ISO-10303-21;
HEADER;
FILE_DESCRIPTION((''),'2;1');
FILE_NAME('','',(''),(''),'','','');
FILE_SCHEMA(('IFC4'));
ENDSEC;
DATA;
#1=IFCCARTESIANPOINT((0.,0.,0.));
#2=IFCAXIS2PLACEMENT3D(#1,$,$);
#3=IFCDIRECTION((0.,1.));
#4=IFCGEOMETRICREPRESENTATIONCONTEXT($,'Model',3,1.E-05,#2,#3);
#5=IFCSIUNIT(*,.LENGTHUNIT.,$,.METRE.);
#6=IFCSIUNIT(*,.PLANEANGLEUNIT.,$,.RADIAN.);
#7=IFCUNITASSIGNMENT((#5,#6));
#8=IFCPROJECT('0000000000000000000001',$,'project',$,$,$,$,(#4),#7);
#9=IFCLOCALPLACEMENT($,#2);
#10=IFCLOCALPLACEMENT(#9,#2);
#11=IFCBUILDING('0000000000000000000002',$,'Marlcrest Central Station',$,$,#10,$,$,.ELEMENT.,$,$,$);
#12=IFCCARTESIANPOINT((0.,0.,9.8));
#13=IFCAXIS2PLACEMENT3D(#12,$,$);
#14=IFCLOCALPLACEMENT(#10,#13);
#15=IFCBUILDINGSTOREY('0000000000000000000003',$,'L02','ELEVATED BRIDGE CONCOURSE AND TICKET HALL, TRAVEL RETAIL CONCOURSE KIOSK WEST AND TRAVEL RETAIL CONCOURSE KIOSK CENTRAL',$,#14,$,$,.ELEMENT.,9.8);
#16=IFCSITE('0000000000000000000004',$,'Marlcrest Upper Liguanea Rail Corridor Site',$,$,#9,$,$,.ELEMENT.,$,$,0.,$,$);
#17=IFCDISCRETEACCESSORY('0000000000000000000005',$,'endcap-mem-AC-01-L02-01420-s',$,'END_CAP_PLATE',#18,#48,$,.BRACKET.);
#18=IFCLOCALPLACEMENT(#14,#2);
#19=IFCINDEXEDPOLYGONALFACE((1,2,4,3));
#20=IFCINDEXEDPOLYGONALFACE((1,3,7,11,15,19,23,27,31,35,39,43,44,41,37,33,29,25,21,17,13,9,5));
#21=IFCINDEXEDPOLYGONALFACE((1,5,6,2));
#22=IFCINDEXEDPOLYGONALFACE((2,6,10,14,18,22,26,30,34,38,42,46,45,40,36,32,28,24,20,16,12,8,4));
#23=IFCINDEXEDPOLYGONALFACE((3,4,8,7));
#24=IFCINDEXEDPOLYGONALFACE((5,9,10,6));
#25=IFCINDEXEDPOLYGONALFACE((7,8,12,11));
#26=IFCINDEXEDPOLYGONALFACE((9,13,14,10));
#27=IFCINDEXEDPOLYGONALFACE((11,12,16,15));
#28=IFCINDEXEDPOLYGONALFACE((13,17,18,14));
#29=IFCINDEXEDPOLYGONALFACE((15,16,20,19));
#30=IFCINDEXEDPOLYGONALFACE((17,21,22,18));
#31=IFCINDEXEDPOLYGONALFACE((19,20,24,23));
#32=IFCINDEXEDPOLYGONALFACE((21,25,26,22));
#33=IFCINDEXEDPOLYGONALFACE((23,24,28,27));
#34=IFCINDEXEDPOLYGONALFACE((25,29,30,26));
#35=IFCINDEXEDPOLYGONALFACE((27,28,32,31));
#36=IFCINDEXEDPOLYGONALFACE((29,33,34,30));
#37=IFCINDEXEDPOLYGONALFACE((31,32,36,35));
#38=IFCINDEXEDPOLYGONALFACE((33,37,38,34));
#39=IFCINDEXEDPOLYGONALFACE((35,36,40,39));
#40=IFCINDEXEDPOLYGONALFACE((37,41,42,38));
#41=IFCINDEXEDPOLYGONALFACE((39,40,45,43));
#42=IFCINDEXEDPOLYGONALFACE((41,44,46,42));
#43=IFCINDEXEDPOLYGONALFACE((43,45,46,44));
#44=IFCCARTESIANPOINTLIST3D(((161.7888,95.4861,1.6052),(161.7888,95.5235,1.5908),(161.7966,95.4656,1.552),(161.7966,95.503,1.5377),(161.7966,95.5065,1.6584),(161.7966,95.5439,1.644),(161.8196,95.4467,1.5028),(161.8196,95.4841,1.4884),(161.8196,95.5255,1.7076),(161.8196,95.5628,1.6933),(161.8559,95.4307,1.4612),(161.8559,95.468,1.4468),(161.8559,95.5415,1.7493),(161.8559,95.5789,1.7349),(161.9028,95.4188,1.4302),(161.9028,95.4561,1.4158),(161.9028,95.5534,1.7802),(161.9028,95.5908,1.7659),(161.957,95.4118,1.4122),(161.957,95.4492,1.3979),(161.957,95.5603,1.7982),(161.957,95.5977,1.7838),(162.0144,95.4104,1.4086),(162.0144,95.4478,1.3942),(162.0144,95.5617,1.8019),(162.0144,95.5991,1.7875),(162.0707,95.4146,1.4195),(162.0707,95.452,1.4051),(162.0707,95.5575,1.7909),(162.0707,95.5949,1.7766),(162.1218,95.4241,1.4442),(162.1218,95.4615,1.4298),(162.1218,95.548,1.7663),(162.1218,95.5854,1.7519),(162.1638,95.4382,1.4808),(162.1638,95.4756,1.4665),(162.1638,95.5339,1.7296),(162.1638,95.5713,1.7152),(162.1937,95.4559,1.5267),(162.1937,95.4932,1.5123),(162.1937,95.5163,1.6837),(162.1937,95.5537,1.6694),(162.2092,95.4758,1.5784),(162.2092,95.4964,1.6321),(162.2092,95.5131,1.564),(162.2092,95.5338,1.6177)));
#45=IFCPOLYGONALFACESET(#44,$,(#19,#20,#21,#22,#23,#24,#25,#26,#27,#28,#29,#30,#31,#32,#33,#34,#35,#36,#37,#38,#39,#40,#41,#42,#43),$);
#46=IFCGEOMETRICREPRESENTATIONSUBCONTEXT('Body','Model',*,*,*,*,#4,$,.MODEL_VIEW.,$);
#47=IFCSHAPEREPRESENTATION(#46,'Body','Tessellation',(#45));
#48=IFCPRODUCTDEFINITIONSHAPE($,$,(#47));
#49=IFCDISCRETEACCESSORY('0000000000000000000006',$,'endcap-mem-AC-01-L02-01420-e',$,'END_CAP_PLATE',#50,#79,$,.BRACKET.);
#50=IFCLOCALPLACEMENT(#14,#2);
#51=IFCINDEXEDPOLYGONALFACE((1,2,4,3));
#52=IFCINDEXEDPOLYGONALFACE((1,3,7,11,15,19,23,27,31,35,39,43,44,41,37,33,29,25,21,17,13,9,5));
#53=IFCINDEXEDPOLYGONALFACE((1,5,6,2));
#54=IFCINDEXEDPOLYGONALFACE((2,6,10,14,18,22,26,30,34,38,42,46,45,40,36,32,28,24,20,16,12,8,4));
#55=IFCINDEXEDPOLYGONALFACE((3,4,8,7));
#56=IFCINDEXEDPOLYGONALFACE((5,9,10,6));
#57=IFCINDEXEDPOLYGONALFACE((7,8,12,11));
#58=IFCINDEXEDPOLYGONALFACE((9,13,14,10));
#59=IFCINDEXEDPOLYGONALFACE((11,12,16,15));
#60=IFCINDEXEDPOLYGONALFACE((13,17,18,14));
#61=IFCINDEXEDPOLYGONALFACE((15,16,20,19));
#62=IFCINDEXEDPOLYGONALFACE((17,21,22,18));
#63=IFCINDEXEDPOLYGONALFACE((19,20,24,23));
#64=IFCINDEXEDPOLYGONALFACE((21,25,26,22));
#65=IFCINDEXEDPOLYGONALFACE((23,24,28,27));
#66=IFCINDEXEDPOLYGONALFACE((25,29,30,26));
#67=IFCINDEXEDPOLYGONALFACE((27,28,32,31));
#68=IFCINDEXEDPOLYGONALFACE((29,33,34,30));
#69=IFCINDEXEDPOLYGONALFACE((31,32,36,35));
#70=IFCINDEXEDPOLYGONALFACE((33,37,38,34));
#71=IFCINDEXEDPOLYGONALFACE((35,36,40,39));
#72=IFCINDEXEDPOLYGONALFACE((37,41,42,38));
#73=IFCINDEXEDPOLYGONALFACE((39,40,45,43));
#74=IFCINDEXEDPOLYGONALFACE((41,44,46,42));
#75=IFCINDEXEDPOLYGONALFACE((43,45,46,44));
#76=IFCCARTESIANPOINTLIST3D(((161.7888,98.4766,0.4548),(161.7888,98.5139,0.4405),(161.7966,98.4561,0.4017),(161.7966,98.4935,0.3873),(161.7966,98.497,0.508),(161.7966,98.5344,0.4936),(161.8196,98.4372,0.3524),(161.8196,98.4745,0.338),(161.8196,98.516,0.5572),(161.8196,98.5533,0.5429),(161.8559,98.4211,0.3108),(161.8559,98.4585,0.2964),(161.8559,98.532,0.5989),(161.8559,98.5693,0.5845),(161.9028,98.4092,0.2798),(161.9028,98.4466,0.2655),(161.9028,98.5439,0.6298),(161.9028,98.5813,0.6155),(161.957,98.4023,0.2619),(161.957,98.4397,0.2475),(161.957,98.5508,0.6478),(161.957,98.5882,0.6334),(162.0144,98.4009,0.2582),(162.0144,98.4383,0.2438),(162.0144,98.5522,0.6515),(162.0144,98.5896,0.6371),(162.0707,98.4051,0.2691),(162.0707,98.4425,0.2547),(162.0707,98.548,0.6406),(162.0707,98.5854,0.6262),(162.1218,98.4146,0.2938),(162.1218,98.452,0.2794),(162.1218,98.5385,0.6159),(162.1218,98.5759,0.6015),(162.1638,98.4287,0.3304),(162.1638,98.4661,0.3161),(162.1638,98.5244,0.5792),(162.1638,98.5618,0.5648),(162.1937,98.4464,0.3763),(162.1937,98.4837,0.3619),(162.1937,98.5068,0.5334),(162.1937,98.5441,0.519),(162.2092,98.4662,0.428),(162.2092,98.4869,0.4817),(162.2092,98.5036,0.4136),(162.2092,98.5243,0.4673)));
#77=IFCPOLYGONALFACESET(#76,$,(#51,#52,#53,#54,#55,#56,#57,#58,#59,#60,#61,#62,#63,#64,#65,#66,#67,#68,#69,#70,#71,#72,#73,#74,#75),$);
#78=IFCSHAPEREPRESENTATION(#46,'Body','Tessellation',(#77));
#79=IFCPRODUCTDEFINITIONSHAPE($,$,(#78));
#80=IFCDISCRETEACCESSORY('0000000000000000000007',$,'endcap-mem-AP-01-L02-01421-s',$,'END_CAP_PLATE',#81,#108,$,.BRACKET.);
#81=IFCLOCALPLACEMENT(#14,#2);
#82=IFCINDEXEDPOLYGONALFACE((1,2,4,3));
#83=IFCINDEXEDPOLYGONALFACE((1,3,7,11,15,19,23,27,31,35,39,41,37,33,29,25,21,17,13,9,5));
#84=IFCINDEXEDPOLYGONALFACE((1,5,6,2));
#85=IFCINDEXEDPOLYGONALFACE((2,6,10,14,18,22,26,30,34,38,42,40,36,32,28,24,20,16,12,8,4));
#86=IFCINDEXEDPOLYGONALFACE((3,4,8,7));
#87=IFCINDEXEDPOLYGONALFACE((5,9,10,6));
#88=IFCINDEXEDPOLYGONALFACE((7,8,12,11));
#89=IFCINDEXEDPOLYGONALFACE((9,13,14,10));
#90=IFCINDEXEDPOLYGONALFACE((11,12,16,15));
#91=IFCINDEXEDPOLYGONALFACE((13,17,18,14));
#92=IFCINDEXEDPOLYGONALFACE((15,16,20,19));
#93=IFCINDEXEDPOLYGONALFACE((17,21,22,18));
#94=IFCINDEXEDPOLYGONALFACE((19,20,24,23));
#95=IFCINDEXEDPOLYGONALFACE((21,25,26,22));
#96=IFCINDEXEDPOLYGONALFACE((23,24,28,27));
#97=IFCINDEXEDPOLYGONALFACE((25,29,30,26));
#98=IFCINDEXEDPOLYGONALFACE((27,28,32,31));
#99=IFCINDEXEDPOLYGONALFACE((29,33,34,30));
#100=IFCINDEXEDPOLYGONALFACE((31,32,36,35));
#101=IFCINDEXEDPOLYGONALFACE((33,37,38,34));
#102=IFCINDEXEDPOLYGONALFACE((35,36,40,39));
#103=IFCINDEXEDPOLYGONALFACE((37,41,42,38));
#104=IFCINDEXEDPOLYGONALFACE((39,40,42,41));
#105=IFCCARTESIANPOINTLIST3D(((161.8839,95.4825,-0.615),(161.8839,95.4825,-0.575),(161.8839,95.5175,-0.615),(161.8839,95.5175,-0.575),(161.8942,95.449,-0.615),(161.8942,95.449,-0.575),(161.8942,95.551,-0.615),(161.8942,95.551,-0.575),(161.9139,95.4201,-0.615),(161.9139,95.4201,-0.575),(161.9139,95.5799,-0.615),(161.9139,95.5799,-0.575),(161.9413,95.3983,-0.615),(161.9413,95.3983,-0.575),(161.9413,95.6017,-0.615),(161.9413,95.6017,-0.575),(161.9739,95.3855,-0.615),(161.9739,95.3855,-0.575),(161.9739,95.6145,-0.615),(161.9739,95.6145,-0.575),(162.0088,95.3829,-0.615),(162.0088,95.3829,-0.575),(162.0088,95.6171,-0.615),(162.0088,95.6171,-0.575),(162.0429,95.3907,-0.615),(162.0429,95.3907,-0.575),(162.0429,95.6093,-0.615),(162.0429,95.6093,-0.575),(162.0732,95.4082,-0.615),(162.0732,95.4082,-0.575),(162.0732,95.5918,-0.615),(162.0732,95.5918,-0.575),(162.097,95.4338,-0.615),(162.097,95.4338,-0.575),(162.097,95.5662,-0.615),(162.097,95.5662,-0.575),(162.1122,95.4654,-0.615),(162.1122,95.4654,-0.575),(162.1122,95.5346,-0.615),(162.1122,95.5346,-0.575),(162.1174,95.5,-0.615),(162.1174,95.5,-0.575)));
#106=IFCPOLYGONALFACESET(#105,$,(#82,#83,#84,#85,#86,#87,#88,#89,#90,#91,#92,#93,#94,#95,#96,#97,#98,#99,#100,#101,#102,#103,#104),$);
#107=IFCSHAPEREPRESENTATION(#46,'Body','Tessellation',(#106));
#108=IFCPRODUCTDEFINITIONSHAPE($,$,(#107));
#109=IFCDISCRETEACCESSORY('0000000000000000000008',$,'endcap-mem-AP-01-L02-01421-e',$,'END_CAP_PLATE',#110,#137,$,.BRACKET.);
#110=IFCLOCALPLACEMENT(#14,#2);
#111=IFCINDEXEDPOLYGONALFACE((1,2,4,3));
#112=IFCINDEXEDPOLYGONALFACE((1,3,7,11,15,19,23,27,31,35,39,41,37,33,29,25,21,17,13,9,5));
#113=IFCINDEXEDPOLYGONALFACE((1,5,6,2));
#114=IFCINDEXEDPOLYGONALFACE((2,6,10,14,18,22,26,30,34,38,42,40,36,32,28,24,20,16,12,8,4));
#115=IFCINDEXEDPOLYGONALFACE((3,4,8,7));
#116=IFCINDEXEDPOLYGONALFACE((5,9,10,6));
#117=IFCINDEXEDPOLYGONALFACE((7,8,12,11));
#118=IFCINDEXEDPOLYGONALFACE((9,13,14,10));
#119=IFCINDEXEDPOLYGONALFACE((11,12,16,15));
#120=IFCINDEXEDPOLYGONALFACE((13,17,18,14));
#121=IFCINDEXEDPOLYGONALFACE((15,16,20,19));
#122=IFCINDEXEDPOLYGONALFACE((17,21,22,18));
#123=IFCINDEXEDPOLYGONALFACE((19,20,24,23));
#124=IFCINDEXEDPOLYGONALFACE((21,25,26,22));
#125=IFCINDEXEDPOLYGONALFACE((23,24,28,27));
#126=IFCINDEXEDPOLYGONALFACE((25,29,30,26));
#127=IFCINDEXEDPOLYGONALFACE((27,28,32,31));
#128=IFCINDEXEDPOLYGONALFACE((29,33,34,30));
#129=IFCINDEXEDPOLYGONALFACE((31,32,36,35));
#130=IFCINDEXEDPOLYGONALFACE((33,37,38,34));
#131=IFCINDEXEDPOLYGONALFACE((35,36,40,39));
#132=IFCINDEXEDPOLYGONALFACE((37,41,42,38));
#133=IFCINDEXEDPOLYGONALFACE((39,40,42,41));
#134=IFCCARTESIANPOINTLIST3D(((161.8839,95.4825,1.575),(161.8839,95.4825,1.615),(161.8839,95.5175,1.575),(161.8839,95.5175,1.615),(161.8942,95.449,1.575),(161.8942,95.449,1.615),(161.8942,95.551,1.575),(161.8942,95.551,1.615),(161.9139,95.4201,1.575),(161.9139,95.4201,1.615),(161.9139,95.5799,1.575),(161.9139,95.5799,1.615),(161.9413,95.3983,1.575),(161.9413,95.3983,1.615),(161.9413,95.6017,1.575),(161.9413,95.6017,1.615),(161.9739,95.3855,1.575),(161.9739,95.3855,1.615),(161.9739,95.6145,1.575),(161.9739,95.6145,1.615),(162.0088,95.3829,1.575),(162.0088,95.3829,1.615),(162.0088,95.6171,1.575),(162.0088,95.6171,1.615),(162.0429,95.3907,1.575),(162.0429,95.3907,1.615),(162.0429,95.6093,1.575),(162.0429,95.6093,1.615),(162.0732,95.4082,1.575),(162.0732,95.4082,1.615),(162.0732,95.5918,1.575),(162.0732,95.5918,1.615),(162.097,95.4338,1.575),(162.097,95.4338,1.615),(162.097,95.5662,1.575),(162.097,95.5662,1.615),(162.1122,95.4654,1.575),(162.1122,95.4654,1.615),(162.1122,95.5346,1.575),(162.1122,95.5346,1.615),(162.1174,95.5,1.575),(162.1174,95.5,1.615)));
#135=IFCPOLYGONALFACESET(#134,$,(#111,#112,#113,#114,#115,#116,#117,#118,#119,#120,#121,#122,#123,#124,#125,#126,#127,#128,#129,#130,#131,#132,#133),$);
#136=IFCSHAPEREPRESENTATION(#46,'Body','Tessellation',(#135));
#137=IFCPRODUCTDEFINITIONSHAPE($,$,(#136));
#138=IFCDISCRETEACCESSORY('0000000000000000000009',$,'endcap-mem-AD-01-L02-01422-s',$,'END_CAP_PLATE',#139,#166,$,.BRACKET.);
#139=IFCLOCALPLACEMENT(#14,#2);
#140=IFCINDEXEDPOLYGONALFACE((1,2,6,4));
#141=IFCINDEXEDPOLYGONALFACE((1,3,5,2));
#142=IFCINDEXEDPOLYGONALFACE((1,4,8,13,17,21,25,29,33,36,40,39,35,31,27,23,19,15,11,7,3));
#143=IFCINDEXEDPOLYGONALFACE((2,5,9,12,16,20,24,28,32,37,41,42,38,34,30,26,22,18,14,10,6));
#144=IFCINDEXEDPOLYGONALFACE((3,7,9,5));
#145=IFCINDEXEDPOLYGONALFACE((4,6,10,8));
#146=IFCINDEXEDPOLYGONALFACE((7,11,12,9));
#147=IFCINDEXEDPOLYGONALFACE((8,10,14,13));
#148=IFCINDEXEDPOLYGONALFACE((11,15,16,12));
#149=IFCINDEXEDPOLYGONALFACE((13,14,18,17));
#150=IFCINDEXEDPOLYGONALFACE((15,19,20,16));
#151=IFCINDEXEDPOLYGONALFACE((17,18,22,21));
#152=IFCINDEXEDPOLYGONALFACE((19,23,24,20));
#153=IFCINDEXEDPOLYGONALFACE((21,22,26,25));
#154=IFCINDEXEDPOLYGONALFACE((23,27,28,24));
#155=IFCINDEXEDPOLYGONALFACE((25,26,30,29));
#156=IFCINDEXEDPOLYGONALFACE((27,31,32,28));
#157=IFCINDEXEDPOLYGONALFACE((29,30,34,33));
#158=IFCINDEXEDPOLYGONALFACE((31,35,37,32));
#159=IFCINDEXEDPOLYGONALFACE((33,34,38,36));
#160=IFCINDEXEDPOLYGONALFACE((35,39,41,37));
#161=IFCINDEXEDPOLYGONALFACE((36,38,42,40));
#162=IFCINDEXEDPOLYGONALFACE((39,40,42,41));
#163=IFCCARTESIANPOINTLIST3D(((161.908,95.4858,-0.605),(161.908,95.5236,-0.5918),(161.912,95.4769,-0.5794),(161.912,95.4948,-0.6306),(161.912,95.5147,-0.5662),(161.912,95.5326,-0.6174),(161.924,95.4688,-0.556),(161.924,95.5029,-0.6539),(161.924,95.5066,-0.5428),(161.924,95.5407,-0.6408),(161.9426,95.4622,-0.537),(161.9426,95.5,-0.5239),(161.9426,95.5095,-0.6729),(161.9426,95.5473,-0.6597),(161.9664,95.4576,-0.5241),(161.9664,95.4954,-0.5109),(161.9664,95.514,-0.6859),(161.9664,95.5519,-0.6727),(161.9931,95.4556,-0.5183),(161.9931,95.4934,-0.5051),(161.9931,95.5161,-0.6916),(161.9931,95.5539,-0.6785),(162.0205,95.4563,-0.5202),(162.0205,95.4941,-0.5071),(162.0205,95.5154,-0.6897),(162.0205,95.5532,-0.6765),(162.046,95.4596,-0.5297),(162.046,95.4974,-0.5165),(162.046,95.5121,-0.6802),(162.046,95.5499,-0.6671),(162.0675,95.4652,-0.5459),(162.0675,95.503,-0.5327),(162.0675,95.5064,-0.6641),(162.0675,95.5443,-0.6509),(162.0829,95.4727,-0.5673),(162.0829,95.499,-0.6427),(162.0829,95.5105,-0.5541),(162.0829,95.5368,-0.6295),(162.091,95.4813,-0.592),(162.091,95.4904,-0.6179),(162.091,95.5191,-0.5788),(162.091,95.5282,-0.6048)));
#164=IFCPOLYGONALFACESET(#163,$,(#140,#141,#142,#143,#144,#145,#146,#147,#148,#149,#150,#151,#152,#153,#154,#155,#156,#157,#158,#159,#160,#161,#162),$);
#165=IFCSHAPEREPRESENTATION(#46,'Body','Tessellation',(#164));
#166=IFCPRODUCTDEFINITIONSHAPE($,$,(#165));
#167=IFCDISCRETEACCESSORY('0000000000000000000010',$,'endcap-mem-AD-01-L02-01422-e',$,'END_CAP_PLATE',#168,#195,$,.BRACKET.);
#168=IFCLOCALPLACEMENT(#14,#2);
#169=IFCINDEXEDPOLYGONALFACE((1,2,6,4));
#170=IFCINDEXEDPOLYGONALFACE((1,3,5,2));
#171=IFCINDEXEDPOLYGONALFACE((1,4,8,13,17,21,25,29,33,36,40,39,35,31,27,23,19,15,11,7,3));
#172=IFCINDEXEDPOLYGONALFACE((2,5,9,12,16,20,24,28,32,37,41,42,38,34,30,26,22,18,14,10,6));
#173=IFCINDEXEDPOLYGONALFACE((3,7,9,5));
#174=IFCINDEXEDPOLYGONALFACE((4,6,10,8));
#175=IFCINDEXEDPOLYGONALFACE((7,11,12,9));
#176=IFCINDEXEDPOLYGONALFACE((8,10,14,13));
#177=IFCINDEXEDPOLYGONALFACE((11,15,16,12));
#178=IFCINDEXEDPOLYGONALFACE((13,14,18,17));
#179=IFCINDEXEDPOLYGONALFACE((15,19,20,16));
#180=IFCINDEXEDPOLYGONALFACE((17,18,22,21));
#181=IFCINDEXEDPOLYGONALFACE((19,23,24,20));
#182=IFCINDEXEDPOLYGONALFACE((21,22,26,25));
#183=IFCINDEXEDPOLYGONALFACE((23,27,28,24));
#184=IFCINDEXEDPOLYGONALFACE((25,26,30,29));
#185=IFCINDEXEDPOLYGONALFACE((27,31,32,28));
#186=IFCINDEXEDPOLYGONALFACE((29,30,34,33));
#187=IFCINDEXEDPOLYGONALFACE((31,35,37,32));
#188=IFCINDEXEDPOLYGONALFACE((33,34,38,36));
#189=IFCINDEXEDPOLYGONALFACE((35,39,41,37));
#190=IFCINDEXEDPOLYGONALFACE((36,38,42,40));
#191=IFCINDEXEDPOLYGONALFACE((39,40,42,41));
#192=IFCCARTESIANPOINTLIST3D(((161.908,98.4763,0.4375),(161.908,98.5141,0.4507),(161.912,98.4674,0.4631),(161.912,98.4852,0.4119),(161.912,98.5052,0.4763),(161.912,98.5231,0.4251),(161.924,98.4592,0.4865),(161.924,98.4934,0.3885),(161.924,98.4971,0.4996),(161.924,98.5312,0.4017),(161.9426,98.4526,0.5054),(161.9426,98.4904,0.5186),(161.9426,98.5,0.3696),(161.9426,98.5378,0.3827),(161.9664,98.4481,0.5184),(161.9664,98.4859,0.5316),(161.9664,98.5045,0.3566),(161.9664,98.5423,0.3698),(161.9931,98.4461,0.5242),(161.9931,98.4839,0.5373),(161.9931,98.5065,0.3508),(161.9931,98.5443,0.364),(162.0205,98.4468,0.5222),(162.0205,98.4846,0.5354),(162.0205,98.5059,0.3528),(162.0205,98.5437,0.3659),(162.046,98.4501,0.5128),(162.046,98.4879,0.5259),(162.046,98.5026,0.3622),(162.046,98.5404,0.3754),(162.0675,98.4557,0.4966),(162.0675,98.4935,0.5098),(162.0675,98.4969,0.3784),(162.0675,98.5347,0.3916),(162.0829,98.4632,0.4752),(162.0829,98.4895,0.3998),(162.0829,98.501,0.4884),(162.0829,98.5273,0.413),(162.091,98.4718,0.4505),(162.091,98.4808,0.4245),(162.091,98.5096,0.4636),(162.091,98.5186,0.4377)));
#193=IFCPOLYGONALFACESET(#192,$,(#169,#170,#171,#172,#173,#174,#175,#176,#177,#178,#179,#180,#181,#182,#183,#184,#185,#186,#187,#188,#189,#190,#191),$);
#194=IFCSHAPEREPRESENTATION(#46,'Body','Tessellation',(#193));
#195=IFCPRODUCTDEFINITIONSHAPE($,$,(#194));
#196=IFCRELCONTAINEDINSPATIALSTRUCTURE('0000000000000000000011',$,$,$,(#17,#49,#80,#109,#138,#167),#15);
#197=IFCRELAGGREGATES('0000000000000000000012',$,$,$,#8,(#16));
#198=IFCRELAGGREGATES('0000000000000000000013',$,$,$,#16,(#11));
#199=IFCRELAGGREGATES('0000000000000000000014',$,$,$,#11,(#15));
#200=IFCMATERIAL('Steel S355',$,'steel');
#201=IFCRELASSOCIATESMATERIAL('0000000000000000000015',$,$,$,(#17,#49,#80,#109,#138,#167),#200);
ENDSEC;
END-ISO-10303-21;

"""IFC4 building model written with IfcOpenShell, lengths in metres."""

from ifc_helpers import new_model, si_unit, direction, frame, origin, origin_2d, place, context, subcontext, project, spatial, circle, extrude, material, element, save


model = new_model("IFC4")

# Units and contexts
model_context = context("Model", 3, precision=1e-05, world=origin(), true_north=direction((0.0, 1.0)))
body_context = subcontext(model_context, "Body", "Model", "MODEL_VIEW")
ifc_project = project(units=[si_unit("LENGTHUNIT", "METRE"), si_unit("PLANEANGLEUNIT", "RADIAN")], contexts=[model_context])

# Site, building, storey
site_placement = place(None, origin())
site = spatial("IfcSite", under=ifc_project, at=site_placement, Name="Marlcrest Upper Liguanea Rail Corridor Site", CompositionType="ELEMENT", RefElevation=0.0)
building_placement = place(site_placement, origin())
building = spatial("IfcBuilding", under=site, at=building_placement, Name="Marlcrest Central Station", CompositionType="ELEMENT")
storey_placement = place(building_placement, frame((0.0, 0.0, 9.8)))
storey = spatial("IfcBuildingStorey", under=building, at=storey_placement, Name="L02", Description="ELEVATED BRIDGE CONCOURSE AND TICKET HALL, TRAVEL RETAIL CONCOURSE KIOSK WEST AND TRAVEL RETAIL CONCOURSE KIOSK CENTRAL", CompositionType="ELEMENT", Elevation=9.8)

# Shared definitions
ifc_material_1 = material(Name="Steel S355", Category="steel")

# Discrete accessories
for number, where, z_axis, x_axis, name in (
    (1, (162.0, 95.4861, 1.6052), (0.0, 0.933324, -0.359035), (-1.0, 0.0, 0.0), "endcap-mem-AC-01-L02-01420-s"),
    (2, (162.0, 98.4766, 0.4548), (0.0, 0.933324, -0.359035), (-1.0, 0.0, 0.0), "endcap-mem-AC-01-L02-01420-e"),
):
    element("IfcDiscreteAccessory", number, at=place(storey_placement, frame(where, z_axis=z_axis, x_axis=x_axis)), inside=storey, material=ifc_material_1, Name=name, ObjectType="END_CAP_PLATE", PredefinedType="BRACKET", context=body_context, shape_type="SweptSolid", body=[
        extrude(circle(Radius=0.2112, at=origin_2d()), origin(), (0.0, 0.0, 1.0), 0.04),
    ])
for number, where, z_axis, x_axis, name in (
    (3, (162.0, 95.5, -0.615), (0.0, 0.0, 1.0), (1.0, 0.0, 0.0), "endcap-mem-AP-01-L02-01421-s"),
    (4, (162.0, 95.5, 1.575), (0.0, 0.0, 1.0), (1.0, 0.0, 0.0), "endcap-mem-AP-01-L02-01421-e"),
):
    element("IfcDiscreteAccessory", number, at=place(storey_placement, frame(where, z_axis=z_axis, x_axis=x_axis)), inside=storey, material=ifc_material_1, Name=name, ObjectType="END_CAP_PLATE", PredefinedType="BRACKET", context=body_context, shape_type="SweptSolid", body=[
        extrude(circle(Radius=0.1174, at=origin_2d()), origin(), (0.0, 0.0, 1.0), 0.04),
    ])
for number, where, z_axis, x_axis, name in (
    (5, (162.0, 95.4858, -0.605), (0.0, 0.94426, 0.3292), (-1.0, 0.0, 0.0), "endcap-mem-AD-01-L02-01422-s"),
    (6, (162.0, 98.4763, 0.4375), (0.0, 0.94426, 0.3292), (-1.0, 0.0, 0.0), "endcap-mem-AD-01-L02-01422-e"),
):
    element("IfcDiscreteAccessory", number, at=place(storey_placement, frame(where, z_axis=z_axis, x_axis=x_axis)), inside=storey, material=ifc_material_1, Name=name, ObjectType="END_CAP_PLATE", PredefinedType="BRACKET", context=body_context, shape_type="SweptSolid", body=[
        extrude(circle(Radius=0.092, at=origin_2d()), origin(), (0.0, 0.0, 1.0), 0.04),
    ])

save(model, "model.ifc")
